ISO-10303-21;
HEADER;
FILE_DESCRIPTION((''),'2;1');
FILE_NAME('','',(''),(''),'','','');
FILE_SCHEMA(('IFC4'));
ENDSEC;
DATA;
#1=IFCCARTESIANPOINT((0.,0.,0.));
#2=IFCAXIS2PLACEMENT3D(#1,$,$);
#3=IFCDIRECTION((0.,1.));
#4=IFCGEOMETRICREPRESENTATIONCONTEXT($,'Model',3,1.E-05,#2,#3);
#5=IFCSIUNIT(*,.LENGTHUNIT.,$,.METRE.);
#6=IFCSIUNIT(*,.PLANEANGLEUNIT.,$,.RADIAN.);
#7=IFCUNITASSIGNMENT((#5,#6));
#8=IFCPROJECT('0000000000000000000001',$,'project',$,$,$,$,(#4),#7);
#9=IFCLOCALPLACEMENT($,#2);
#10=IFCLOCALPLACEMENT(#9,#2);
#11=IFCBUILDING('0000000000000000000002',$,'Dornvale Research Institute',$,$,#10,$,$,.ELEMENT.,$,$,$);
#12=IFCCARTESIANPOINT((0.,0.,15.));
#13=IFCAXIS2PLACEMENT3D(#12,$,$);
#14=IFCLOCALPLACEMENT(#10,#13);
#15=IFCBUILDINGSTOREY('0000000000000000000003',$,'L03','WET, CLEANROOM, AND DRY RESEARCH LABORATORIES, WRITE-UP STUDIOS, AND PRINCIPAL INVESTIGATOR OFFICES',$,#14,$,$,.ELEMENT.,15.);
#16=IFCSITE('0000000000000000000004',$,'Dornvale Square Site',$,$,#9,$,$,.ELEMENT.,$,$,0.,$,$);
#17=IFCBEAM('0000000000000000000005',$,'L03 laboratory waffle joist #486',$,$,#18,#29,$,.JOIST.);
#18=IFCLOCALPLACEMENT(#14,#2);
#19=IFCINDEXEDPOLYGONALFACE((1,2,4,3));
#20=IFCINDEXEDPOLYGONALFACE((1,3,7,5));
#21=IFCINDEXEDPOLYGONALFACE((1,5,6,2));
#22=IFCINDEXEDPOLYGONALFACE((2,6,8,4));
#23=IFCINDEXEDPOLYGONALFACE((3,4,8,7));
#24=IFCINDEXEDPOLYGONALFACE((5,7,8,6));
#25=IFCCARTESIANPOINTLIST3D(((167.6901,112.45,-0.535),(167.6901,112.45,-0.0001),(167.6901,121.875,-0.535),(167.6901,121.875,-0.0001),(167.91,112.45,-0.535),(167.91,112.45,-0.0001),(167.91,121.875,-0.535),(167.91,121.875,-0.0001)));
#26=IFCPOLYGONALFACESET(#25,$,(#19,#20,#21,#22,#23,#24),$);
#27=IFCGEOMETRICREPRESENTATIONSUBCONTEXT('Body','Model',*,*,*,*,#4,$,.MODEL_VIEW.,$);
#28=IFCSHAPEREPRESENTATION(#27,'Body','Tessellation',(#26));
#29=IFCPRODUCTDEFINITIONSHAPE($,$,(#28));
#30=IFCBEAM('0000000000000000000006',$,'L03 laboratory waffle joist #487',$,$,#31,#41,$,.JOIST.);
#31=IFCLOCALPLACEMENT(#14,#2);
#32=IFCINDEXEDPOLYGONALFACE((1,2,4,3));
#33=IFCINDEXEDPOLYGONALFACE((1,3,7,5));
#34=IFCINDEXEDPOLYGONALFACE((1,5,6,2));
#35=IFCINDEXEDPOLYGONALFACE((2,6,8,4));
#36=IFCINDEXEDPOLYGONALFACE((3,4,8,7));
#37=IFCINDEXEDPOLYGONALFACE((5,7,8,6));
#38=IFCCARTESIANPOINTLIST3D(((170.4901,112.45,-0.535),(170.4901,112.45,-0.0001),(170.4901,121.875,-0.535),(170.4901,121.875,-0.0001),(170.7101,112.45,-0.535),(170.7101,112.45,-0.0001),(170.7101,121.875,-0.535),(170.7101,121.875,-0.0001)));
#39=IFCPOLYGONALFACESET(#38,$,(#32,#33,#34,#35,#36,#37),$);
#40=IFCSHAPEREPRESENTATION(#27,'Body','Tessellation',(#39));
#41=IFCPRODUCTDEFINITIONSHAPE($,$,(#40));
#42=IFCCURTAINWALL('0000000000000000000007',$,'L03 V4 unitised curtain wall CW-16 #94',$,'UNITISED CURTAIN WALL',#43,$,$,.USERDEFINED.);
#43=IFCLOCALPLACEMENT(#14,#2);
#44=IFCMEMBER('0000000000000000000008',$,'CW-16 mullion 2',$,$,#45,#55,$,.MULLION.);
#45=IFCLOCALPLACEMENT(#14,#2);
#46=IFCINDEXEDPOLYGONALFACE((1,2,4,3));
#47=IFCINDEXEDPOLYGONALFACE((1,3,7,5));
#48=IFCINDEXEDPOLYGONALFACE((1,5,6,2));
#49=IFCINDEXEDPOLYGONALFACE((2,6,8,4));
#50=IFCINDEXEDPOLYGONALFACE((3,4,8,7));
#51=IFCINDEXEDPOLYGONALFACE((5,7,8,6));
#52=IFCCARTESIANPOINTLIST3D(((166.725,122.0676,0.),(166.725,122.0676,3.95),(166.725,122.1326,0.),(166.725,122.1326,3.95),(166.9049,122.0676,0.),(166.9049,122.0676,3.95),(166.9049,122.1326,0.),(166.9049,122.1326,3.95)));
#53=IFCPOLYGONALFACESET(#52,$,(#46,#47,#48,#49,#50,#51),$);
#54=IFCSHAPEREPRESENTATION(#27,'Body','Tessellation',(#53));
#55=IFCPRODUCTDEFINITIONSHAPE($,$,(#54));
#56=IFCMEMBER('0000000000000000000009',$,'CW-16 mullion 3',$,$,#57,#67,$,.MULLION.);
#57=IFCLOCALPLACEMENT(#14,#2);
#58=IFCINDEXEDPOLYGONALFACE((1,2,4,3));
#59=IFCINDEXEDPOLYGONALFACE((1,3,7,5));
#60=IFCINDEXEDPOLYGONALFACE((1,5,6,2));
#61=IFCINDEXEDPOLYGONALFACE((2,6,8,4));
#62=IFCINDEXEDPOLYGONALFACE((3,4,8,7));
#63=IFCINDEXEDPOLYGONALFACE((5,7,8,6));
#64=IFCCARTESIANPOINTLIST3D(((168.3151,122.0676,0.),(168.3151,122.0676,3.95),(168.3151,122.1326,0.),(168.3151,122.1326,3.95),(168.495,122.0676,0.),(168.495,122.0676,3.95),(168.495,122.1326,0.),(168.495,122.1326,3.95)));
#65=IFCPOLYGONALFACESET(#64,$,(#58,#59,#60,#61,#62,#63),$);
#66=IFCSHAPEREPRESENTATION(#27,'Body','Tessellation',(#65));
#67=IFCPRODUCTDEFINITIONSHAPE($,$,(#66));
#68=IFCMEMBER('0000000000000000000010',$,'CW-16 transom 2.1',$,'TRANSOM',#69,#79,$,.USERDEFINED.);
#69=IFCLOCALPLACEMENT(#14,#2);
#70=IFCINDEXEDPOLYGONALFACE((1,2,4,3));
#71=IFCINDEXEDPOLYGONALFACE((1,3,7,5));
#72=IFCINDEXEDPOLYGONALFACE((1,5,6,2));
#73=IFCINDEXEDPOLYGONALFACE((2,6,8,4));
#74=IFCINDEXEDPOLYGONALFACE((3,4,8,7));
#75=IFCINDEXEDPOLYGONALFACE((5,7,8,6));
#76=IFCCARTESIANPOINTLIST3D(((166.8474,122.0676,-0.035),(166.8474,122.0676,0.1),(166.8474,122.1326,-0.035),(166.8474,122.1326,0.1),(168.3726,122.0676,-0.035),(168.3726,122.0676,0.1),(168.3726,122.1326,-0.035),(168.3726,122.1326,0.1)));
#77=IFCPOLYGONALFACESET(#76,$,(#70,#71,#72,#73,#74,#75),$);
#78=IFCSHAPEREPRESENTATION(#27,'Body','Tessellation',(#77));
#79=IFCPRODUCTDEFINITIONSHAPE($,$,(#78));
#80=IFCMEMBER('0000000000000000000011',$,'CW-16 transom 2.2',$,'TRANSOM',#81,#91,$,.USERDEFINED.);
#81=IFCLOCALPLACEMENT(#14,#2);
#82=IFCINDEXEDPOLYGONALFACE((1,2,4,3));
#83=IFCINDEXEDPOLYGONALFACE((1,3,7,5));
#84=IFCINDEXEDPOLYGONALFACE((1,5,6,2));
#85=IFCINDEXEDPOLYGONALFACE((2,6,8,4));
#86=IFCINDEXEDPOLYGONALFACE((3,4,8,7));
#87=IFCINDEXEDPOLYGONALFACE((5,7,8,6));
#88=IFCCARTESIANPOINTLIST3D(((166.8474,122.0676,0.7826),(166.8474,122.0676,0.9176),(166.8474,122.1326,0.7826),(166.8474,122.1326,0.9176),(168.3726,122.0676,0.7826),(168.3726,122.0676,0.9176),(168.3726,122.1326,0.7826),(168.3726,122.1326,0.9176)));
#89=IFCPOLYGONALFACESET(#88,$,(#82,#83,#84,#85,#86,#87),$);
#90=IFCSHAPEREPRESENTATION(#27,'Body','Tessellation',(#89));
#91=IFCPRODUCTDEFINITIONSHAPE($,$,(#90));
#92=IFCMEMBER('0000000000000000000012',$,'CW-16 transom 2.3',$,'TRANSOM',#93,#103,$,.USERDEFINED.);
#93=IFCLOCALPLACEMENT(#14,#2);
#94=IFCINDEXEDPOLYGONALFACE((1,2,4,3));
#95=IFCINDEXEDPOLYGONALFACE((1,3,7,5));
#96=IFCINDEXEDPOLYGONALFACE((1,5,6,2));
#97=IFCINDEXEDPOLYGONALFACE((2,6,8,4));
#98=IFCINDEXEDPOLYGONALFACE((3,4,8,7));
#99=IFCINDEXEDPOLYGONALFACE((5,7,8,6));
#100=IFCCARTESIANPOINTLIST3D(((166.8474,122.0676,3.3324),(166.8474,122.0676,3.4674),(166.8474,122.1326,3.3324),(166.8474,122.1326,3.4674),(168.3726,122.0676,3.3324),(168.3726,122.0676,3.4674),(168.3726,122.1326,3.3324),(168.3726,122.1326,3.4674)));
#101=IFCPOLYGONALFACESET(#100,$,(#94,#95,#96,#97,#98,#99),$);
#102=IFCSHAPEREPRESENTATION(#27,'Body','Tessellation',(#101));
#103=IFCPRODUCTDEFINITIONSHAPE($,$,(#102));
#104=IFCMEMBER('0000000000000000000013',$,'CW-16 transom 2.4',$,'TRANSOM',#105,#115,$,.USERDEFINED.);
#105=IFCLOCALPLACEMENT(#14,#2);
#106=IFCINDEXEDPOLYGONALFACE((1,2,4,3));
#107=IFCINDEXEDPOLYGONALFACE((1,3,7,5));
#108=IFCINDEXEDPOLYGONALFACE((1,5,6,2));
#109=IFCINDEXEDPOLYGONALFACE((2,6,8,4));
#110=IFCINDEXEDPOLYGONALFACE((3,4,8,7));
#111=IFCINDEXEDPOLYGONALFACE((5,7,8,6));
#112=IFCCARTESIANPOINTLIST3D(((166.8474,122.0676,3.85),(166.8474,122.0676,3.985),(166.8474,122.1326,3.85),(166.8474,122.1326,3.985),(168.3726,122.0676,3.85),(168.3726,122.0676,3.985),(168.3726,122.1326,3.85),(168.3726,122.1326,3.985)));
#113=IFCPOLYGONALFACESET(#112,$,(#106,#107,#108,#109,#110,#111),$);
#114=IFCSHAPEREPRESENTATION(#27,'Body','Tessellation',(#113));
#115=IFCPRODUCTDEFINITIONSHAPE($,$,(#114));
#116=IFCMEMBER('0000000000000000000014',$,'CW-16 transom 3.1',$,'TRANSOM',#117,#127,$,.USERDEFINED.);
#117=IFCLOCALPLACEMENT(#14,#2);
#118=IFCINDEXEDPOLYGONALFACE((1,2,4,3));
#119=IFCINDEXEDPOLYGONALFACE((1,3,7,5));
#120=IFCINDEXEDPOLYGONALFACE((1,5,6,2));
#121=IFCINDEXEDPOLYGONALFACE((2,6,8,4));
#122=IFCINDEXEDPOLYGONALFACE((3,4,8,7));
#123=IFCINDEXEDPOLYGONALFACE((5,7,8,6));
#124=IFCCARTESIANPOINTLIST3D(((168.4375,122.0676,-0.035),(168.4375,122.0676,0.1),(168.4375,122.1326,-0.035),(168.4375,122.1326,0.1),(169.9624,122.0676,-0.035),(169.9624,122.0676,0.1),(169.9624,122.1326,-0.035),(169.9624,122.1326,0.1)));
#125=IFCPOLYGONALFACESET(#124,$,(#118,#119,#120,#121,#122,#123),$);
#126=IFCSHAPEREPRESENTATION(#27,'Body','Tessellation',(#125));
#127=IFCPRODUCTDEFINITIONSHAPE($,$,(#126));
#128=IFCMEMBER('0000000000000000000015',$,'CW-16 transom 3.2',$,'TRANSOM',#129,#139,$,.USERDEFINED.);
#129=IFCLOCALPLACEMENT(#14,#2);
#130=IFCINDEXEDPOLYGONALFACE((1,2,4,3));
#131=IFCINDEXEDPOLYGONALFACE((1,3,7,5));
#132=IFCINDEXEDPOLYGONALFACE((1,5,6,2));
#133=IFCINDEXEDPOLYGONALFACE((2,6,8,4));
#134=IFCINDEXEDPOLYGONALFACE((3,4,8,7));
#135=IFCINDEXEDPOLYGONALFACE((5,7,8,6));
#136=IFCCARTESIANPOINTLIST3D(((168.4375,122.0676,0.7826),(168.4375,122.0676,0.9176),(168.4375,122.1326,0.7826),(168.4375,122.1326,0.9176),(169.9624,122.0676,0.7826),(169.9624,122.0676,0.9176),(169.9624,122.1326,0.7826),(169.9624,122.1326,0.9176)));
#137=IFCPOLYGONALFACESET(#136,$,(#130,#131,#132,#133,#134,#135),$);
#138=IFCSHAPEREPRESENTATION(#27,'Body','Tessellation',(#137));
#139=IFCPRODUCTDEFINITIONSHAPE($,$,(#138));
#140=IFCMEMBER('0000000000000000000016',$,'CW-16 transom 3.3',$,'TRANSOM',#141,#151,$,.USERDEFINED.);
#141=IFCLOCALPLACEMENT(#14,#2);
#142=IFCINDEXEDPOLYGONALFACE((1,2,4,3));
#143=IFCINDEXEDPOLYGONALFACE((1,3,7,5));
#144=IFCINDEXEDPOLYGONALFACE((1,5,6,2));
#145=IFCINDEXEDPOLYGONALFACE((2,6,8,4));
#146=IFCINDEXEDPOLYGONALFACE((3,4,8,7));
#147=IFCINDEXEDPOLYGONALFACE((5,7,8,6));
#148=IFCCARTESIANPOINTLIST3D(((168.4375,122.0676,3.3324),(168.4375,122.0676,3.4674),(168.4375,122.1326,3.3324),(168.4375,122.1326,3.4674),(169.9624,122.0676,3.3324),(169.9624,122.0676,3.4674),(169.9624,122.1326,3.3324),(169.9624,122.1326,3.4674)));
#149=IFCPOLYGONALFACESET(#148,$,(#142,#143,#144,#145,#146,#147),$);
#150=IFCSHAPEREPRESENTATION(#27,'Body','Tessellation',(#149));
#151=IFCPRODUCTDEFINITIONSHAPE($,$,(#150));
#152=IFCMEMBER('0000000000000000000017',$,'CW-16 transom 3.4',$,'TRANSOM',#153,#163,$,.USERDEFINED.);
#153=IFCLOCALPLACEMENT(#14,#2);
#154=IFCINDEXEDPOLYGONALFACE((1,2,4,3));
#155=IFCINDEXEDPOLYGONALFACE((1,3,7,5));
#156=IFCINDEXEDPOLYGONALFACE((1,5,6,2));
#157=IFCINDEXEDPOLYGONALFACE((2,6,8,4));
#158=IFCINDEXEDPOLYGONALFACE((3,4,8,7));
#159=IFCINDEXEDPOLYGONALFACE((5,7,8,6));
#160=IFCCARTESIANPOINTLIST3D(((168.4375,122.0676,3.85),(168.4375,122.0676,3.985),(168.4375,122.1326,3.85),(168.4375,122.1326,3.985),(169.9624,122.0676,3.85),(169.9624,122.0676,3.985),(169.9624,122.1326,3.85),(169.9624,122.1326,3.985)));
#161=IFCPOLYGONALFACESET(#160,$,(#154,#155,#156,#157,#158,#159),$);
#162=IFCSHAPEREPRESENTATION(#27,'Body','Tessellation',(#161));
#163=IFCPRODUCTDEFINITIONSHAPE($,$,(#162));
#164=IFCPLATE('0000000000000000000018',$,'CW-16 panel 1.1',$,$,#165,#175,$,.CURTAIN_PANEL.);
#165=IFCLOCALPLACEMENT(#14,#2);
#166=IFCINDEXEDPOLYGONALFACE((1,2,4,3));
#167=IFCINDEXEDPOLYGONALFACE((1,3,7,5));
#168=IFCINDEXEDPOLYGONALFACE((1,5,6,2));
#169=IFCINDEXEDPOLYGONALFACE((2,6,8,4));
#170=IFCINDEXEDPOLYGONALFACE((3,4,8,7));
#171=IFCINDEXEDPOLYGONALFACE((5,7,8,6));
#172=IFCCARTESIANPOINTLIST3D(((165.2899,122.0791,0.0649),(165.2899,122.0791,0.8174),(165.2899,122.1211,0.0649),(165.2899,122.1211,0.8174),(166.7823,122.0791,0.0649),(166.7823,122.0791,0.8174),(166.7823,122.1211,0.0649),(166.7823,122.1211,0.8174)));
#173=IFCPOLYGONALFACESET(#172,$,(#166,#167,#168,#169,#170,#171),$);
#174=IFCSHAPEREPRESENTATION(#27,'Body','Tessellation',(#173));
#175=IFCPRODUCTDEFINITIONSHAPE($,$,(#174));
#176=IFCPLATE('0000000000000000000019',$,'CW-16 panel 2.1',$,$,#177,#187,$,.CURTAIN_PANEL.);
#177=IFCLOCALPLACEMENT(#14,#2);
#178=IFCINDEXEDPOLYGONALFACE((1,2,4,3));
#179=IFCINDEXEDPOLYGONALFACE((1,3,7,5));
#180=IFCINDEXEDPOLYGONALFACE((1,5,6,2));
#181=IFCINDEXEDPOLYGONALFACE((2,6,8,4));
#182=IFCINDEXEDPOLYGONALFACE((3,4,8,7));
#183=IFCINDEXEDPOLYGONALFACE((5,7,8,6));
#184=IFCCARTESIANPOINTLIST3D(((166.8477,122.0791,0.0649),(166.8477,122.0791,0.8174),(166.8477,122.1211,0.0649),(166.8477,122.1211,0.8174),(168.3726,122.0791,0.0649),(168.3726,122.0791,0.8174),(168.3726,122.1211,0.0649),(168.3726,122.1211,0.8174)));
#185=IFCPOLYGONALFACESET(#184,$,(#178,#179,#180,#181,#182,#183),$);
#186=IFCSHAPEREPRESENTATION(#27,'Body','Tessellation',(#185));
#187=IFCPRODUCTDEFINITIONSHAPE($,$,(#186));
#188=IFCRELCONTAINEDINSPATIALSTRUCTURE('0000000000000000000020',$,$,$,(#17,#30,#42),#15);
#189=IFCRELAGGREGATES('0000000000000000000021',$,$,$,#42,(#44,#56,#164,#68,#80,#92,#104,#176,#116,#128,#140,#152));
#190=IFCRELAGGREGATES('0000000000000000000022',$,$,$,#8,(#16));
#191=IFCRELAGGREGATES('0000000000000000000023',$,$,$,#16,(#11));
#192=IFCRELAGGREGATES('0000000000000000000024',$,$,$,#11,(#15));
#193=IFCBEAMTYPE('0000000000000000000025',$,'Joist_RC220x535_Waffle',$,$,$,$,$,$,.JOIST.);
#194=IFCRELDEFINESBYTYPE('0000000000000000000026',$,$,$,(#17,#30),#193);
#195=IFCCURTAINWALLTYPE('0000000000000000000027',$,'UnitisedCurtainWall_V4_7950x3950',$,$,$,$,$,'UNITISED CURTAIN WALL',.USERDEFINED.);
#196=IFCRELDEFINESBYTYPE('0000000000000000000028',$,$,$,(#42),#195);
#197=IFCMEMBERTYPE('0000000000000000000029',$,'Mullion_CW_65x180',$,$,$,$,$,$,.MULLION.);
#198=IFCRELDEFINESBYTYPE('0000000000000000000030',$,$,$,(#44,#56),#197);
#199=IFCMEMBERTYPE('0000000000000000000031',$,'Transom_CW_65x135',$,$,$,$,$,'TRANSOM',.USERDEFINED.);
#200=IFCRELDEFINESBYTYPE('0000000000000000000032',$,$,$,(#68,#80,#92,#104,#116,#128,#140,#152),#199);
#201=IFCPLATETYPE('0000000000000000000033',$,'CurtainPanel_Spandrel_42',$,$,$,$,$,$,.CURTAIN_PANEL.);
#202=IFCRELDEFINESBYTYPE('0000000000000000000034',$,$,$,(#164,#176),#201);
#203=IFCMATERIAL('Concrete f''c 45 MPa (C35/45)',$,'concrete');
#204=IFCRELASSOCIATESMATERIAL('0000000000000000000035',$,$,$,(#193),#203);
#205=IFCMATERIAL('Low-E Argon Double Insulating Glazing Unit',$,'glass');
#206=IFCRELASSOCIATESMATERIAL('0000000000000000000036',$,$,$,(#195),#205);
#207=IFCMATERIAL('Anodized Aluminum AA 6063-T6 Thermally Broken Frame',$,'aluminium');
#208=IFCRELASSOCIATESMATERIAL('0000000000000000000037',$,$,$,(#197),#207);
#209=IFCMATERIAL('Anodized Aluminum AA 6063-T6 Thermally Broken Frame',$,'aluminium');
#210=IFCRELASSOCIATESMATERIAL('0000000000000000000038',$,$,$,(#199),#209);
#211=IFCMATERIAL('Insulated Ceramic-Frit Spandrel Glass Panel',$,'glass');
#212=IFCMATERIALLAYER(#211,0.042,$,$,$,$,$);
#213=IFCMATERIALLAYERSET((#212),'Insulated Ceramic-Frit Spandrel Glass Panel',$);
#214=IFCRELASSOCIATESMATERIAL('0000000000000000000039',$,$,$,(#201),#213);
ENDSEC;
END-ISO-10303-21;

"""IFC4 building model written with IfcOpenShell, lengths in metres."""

from ifc_helpers import new_model, si_unit, direction, frame, origin, origin_2d, place, context, subcontext, project, spatial, rectangle, extrude, material, layer, layer_set, material_profile, profile_set, type_object, element, aggregate, save


model = new_model("IFC4")

# Units and contexts
model_context = context("Model", 3, precision=1e-05, world=origin(), true_north=direction((0.0, 1.0)))
body_context = subcontext(model_context, "Body", "Model", "MODEL_VIEW")
ifc_project = project(units=[si_unit("LENGTHUNIT", "METRE"), si_unit("PLANEANGLEUNIT", "RADIAN")], contexts=[model_context])

# Site, building, storey
site_placement = place(None, origin())
site = spatial("IfcSite", under=ifc_project, at=site_placement, Name="Dornvale Square Site", CompositionType="ELEMENT", RefElevation=0.0)
building_placement = place(site_placement, origin())
building = spatial("IfcBuilding", under=site, at=building_placement, Name="Dornvale Research Institute", CompositionType="ELEMENT")
storey_placement = place(building_placement, frame((0.0, 0.0, 15.0)))
storey = spatial("IfcBuildingStorey", under=building, at=storey_placement, Name="L03", Description="WET, CLEANROOM, AND DRY RESEARCH LABORATORIES, WRITE-UP STUDIOS, AND PRINCIPAL INVESTIGATOR OFFICES", CompositionType="ELEMENT", Elevation=15.0)

# Beams
ifc_material_1 = material(Name="Concrete f'c 45 MPa (C35/45)", Category="concrete")
ifc_material_profile_1 = material_profile(ifc_material_1, rectangle(XDim=0.22, YDim=0.5349, at=origin_2d()), Name="RC 220x535")
ifc_profile_set_1 = profile_set([ifc_material_profile_1], Name="Concrete f'c 45 MPa (C35/45)")
beam_type = type_object("IfcBeamType", Name="Joist_RC220x535_Waffle", PredefinedType="JOIST", material=ifc_profile_set_1)
for number, where, z_axis, x_axis, name in (
    (1, (167.8, 112.45, -0.2676), (0.0, 1.0, 0.0), (-1.0, 0.0, 0.0), "L03 laboratory waffle joist #486"),
    (2, (170.6001, 112.45, -0.2676), (0.0, 1.0, 0.0), (-1.0, 0.0, 0.0), "L03 laboratory waffle joist #487"),
):
    element("IfcBeam", number, at=place(storey_placement, frame(where, z_axis=z_axis, x_axis=x_axis)), inside=storey, type_object=beam_type, Name=name, PredefinedType="JOIST", context=body_context, shape_type="SweptSolid", body=[
        extrude(rectangle(XDim=0.22, YDim=0.5349, at=origin_2d()), origin(), (0.0, 0.0, 1.0), 9.425),
    ])

# Curtain wall, members, plates
ifc_material_2 = material(Name="Low-E Argon Double Insulating Glazing Unit", Category="glass")
curtain_wall_type = type_object("IfcCurtainWallType", Name="UnitisedCurtainWall_V4_7950x3950", ElementType="UNITISED CURTAIN WALL", PredefinedType="USERDEFINED", material=ifc_material_2)
curtain_wall_placement = place(storey_placement, origin())
curtain_wall = element("IfcCurtainWall", 3, at=curtain_wall_placement, inside=storey, type_object=curtain_wall_type, Name="L03 V4 unitised curtain wall CW-16 #94", ObjectType="UNITISED CURTAIN WALL", PredefinedType="USERDEFINED")
ifc_material_3 = material(Name="Anodized Aluminum AA 6063-T6 Thermally Broken Frame", Category="aluminium")
ifc_material_profile_2 = material_profile(ifc_material_3, rectangle(XDim=0.0649, YDim=0.1799, at=origin_2d()), Name="ALU MULLION 65x180")
ifc_profile_set_2 = profile_set([ifc_material_profile_2], Name="Anodized Aluminum AA 6063-T6 Thermally Broken Frame")
member_type_1 = type_object("IfcMemberType", Name="Mullion_CW_65x180", PredefinedType="MULLION", material=ifc_profile_set_2)
member_1_placement = place(storey_placement, frame((166.8149, 122.1001, 0.0), z_axis=(0.0, 0.0, 1.0), x_axis=(0.0, 1.0, 0.0)))
member_1 = element("IfcMember", 4, at=member_1_placement, type_object=member_type_1, Name="CW-16 mullion 2", PredefinedType="MULLION", context=body_context, shape_type="SweptSolid", body=[
    extrude(rectangle(XDim=0.0649, YDim=0.1799, at=origin_2d()), origin(), (0.0, 0.0, 1.0), 3.95),
])
member_2_placement = place(storey_placement, frame((168.405, 122.1001, 0.0), z_axis=(0.0, 0.0, 1.0), x_axis=(0.0, 1.0, 0.0)))
member_2 = element("IfcMember", 5, at=member_2_placement, type_object=member_type_1, Name="CW-16 mullion 3", PredefinedType="MULLION", context=body_context, shape_type="SweptSolid", body=[
    extrude(rectangle(XDim=0.0649, YDim=0.1799, at=origin_2d()), origin(), (0.0, 0.0, 1.0), 3.95),
])
ifc_material_4 = material(Name="Anodized Aluminum AA 6063-T6 Thermally Broken Frame", Category="aluminium")
ifc_material_profile_3 = material_profile(ifc_material_4, rectangle(XDim=0.0649, YDim=0.135, at=origin_2d()), Name="ALU TRANSOM 65x135")
ifc_profile_set_3 = profile_set([ifc_material_profile_3], Name="Anodized Aluminum AA 6063-T6 Thermally Broken Frame")
member_type_2 = type_object("IfcMemberType", Name="Transom_CW_65x135", ElementType="TRANSOM", PredefinedType="USERDEFINED", material=ifc_profile_set_3)
member_3_placement = place(storey_placement, frame((166.8474, 122.1001, 0.0325), z_axis=(1.0, 0.0, 0.0), x_axis=(0.0, 1.0, 0.0)))
member_3 = element("IfcMember", 6, at=member_3_placement, type_object=member_type_2, Name="CW-16 transom 2.1", ObjectType="TRANSOM", PredefinedType="USERDEFINED", context=body_context, shape_type="SweptSolid", body=[
    extrude(rectangle(XDim=0.0649, YDim=0.135, at=origin_2d()), origin(), (0.0, 0.0, 1.0), 1.5251),
])
member_4_placement = place(storey_placement, frame((166.8474, 122.1001, 0.8501), z_axis=(1.0, 0.0, 0.0), x_axis=(0.0, 1.0, 0.0)))
member_4 = element("IfcMember", 7, at=member_4_placement, type_object=member_type_2, Name="CW-16 transom 2.2", ObjectType="TRANSOM", PredefinedType="USERDEFINED", context=body_context, shape_type="SweptSolid", body=[
    extrude(rectangle(XDim=0.0649, YDim=0.135, at=origin_2d()), origin(), (0.0, 0.0, 1.0), 1.5251),
])
member_5_placement = place(storey_placement, frame((166.8474, 122.1001, 3.3999), z_axis=(1.0, 0.0, 0.0), x_axis=(0.0, 1.0, 0.0)))
member_5 = element("IfcMember", 8, at=member_5_placement, type_object=member_type_2, Name="CW-16 transom 2.3", ObjectType="TRANSOM", PredefinedType="USERDEFINED", context=body_context, shape_type="SweptSolid", body=[
    extrude(rectangle(XDim=0.0649, YDim=0.135, at=origin_2d()), origin(), (0.0, 0.0, 1.0), 1.5251),
])
member_6_placement = place(storey_placement, frame((166.8474, 122.1001, 3.9175), z_axis=(1.0, 0.0, 0.0), x_axis=(0.0, 1.0, 0.0)))
member_6 = element("IfcMember", 9, at=member_6_placement, type_object=member_type_2, Name="CW-16 transom 2.4", ObjectType="TRANSOM", PredefinedType="USERDEFINED", context=body_context, shape_type="SweptSolid", body=[
    extrude(rectangle(XDim=0.0649, YDim=0.135, at=origin_2d()), origin(), (0.0, 0.0, 1.0), 1.5251),
])
member_7_placement = place(storey_placement, frame((168.4375, 122.1001, 0.0325), z_axis=(1.0, 0.0, 0.0), x_axis=(0.0, 1.0, 0.0)))
member_7 = element("IfcMember", 10, at=member_7_placement, type_object=member_type_2, Name="CW-16 transom 3.1", ObjectType="TRANSOM", PredefinedType="USERDEFINED", context=body_context, shape_type="SweptSolid", body=[
    extrude(rectangle(XDim=0.0649, YDim=0.135, at=origin_2d()), origin(), (0.0, 0.0, 1.0), 1.5249),
])
member_8_placement = place(storey_placement, frame((168.4375, 122.1001, 0.8501), z_axis=(1.0, 0.0, 0.0), x_axis=(0.0, 1.0, 0.0)))
member_8 = element("IfcMember", 11, at=member_8_placement, type_object=member_type_2, Name="CW-16 transom 3.2", ObjectType="TRANSOM", PredefinedType="USERDEFINED", context=body_context, shape_type="SweptSolid", body=[
    extrude(rectangle(XDim=0.0649, YDim=0.135, at=origin_2d()), origin(), (0.0, 0.0, 1.0), 1.5249),
])
member_9_placement = place(storey_placement, frame((168.4375, 122.1001, 3.3999), z_axis=(1.0, 0.0, 0.0), x_axis=(0.0, 1.0, 0.0)))
member_9 = element("IfcMember", 12, at=member_9_placement, type_object=member_type_2, Name="CW-16 transom 3.3", ObjectType="TRANSOM", PredefinedType="USERDEFINED", context=body_context, shape_type="SweptSolid", body=[
    extrude(rectangle(XDim=0.0649, YDim=0.135, at=origin_2d()), origin(), (0.0, 0.0, 1.0), 1.5249),
])
member_10_placement = place(storey_placement, frame((168.4375, 122.1001, 3.9175), z_axis=(1.0, 0.0, 0.0), x_axis=(0.0, 1.0, 0.0)))
member_10 = element("IfcMember", 13, at=member_10_placement, type_object=member_type_2, Name="CW-16 transom 3.4", ObjectType="TRANSOM", PredefinedType="USERDEFINED", context=body_context, shape_type="SweptSolid", body=[
    extrude(rectangle(XDim=0.0649, YDim=0.135, at=origin_2d()), origin(), (0.0, 0.0, 1.0), 1.5249),
])
ifc_material_5 = material(Name="Insulated Ceramic-Frit Spandrel Glass Panel", Category="glass")
ifc_layer_1 = layer(ifc_material_5, 0.042)
ifc_layer_set_1 = layer_set([ifc_layer_1], Name="Insulated Ceramic-Frit Spandrel Glass Panel")
plate_type_1 = type_object("IfcPlateType", Name="CurtainPanel_Spandrel_42", PredefinedType="CURTAIN_PANEL", material=ifc_layer_set_1)
plate_1_placement = place(storey_placement, frame((166.0361, 122.1001, 0.0649), z_axis=(0.0, 0.0, 1.0), x_axis=(1.0, 0.0, 0.0)))
plate_1 = element("IfcPlate", 14, at=plate_1_placement, type_object=plate_type_1, Name="CW-16 panel 1.1", PredefinedType="CURTAIN_PANEL", context=body_context, shape_type="SweptSolid", body=[
    extrude(rectangle(XDim=1.4924, YDim=0.042, at=origin_2d()), origin(), (0.0, 0.0, 1.0), 0.7524),
])
plate_2_placement = place(storey_placement, frame((167.6101, 122.1001, 0.0649), z_axis=(0.0, 0.0, 1.0), x_axis=(1.0, 0.0, 0.0)))
plate_2 = element("IfcPlate", 15, at=plate_2_placement, type_object=plate_type_1, Name="CW-16 panel 2.1", PredefinedType="CURTAIN_PANEL", context=body_context, shape_type="SweptSolid", body=[
    extrude(rectangle(XDim=1.5249, YDim=0.042, at=origin_2d()), origin(), (0.0, 0.0, 1.0), 0.7524),
])
aggregate(curtain_wall, [member_1, member_2, plate_1, member_3, member_4, member_5, member_6, plate_2, member_7, member_8, member_9, member_10])

save(model, "model.ifc")
